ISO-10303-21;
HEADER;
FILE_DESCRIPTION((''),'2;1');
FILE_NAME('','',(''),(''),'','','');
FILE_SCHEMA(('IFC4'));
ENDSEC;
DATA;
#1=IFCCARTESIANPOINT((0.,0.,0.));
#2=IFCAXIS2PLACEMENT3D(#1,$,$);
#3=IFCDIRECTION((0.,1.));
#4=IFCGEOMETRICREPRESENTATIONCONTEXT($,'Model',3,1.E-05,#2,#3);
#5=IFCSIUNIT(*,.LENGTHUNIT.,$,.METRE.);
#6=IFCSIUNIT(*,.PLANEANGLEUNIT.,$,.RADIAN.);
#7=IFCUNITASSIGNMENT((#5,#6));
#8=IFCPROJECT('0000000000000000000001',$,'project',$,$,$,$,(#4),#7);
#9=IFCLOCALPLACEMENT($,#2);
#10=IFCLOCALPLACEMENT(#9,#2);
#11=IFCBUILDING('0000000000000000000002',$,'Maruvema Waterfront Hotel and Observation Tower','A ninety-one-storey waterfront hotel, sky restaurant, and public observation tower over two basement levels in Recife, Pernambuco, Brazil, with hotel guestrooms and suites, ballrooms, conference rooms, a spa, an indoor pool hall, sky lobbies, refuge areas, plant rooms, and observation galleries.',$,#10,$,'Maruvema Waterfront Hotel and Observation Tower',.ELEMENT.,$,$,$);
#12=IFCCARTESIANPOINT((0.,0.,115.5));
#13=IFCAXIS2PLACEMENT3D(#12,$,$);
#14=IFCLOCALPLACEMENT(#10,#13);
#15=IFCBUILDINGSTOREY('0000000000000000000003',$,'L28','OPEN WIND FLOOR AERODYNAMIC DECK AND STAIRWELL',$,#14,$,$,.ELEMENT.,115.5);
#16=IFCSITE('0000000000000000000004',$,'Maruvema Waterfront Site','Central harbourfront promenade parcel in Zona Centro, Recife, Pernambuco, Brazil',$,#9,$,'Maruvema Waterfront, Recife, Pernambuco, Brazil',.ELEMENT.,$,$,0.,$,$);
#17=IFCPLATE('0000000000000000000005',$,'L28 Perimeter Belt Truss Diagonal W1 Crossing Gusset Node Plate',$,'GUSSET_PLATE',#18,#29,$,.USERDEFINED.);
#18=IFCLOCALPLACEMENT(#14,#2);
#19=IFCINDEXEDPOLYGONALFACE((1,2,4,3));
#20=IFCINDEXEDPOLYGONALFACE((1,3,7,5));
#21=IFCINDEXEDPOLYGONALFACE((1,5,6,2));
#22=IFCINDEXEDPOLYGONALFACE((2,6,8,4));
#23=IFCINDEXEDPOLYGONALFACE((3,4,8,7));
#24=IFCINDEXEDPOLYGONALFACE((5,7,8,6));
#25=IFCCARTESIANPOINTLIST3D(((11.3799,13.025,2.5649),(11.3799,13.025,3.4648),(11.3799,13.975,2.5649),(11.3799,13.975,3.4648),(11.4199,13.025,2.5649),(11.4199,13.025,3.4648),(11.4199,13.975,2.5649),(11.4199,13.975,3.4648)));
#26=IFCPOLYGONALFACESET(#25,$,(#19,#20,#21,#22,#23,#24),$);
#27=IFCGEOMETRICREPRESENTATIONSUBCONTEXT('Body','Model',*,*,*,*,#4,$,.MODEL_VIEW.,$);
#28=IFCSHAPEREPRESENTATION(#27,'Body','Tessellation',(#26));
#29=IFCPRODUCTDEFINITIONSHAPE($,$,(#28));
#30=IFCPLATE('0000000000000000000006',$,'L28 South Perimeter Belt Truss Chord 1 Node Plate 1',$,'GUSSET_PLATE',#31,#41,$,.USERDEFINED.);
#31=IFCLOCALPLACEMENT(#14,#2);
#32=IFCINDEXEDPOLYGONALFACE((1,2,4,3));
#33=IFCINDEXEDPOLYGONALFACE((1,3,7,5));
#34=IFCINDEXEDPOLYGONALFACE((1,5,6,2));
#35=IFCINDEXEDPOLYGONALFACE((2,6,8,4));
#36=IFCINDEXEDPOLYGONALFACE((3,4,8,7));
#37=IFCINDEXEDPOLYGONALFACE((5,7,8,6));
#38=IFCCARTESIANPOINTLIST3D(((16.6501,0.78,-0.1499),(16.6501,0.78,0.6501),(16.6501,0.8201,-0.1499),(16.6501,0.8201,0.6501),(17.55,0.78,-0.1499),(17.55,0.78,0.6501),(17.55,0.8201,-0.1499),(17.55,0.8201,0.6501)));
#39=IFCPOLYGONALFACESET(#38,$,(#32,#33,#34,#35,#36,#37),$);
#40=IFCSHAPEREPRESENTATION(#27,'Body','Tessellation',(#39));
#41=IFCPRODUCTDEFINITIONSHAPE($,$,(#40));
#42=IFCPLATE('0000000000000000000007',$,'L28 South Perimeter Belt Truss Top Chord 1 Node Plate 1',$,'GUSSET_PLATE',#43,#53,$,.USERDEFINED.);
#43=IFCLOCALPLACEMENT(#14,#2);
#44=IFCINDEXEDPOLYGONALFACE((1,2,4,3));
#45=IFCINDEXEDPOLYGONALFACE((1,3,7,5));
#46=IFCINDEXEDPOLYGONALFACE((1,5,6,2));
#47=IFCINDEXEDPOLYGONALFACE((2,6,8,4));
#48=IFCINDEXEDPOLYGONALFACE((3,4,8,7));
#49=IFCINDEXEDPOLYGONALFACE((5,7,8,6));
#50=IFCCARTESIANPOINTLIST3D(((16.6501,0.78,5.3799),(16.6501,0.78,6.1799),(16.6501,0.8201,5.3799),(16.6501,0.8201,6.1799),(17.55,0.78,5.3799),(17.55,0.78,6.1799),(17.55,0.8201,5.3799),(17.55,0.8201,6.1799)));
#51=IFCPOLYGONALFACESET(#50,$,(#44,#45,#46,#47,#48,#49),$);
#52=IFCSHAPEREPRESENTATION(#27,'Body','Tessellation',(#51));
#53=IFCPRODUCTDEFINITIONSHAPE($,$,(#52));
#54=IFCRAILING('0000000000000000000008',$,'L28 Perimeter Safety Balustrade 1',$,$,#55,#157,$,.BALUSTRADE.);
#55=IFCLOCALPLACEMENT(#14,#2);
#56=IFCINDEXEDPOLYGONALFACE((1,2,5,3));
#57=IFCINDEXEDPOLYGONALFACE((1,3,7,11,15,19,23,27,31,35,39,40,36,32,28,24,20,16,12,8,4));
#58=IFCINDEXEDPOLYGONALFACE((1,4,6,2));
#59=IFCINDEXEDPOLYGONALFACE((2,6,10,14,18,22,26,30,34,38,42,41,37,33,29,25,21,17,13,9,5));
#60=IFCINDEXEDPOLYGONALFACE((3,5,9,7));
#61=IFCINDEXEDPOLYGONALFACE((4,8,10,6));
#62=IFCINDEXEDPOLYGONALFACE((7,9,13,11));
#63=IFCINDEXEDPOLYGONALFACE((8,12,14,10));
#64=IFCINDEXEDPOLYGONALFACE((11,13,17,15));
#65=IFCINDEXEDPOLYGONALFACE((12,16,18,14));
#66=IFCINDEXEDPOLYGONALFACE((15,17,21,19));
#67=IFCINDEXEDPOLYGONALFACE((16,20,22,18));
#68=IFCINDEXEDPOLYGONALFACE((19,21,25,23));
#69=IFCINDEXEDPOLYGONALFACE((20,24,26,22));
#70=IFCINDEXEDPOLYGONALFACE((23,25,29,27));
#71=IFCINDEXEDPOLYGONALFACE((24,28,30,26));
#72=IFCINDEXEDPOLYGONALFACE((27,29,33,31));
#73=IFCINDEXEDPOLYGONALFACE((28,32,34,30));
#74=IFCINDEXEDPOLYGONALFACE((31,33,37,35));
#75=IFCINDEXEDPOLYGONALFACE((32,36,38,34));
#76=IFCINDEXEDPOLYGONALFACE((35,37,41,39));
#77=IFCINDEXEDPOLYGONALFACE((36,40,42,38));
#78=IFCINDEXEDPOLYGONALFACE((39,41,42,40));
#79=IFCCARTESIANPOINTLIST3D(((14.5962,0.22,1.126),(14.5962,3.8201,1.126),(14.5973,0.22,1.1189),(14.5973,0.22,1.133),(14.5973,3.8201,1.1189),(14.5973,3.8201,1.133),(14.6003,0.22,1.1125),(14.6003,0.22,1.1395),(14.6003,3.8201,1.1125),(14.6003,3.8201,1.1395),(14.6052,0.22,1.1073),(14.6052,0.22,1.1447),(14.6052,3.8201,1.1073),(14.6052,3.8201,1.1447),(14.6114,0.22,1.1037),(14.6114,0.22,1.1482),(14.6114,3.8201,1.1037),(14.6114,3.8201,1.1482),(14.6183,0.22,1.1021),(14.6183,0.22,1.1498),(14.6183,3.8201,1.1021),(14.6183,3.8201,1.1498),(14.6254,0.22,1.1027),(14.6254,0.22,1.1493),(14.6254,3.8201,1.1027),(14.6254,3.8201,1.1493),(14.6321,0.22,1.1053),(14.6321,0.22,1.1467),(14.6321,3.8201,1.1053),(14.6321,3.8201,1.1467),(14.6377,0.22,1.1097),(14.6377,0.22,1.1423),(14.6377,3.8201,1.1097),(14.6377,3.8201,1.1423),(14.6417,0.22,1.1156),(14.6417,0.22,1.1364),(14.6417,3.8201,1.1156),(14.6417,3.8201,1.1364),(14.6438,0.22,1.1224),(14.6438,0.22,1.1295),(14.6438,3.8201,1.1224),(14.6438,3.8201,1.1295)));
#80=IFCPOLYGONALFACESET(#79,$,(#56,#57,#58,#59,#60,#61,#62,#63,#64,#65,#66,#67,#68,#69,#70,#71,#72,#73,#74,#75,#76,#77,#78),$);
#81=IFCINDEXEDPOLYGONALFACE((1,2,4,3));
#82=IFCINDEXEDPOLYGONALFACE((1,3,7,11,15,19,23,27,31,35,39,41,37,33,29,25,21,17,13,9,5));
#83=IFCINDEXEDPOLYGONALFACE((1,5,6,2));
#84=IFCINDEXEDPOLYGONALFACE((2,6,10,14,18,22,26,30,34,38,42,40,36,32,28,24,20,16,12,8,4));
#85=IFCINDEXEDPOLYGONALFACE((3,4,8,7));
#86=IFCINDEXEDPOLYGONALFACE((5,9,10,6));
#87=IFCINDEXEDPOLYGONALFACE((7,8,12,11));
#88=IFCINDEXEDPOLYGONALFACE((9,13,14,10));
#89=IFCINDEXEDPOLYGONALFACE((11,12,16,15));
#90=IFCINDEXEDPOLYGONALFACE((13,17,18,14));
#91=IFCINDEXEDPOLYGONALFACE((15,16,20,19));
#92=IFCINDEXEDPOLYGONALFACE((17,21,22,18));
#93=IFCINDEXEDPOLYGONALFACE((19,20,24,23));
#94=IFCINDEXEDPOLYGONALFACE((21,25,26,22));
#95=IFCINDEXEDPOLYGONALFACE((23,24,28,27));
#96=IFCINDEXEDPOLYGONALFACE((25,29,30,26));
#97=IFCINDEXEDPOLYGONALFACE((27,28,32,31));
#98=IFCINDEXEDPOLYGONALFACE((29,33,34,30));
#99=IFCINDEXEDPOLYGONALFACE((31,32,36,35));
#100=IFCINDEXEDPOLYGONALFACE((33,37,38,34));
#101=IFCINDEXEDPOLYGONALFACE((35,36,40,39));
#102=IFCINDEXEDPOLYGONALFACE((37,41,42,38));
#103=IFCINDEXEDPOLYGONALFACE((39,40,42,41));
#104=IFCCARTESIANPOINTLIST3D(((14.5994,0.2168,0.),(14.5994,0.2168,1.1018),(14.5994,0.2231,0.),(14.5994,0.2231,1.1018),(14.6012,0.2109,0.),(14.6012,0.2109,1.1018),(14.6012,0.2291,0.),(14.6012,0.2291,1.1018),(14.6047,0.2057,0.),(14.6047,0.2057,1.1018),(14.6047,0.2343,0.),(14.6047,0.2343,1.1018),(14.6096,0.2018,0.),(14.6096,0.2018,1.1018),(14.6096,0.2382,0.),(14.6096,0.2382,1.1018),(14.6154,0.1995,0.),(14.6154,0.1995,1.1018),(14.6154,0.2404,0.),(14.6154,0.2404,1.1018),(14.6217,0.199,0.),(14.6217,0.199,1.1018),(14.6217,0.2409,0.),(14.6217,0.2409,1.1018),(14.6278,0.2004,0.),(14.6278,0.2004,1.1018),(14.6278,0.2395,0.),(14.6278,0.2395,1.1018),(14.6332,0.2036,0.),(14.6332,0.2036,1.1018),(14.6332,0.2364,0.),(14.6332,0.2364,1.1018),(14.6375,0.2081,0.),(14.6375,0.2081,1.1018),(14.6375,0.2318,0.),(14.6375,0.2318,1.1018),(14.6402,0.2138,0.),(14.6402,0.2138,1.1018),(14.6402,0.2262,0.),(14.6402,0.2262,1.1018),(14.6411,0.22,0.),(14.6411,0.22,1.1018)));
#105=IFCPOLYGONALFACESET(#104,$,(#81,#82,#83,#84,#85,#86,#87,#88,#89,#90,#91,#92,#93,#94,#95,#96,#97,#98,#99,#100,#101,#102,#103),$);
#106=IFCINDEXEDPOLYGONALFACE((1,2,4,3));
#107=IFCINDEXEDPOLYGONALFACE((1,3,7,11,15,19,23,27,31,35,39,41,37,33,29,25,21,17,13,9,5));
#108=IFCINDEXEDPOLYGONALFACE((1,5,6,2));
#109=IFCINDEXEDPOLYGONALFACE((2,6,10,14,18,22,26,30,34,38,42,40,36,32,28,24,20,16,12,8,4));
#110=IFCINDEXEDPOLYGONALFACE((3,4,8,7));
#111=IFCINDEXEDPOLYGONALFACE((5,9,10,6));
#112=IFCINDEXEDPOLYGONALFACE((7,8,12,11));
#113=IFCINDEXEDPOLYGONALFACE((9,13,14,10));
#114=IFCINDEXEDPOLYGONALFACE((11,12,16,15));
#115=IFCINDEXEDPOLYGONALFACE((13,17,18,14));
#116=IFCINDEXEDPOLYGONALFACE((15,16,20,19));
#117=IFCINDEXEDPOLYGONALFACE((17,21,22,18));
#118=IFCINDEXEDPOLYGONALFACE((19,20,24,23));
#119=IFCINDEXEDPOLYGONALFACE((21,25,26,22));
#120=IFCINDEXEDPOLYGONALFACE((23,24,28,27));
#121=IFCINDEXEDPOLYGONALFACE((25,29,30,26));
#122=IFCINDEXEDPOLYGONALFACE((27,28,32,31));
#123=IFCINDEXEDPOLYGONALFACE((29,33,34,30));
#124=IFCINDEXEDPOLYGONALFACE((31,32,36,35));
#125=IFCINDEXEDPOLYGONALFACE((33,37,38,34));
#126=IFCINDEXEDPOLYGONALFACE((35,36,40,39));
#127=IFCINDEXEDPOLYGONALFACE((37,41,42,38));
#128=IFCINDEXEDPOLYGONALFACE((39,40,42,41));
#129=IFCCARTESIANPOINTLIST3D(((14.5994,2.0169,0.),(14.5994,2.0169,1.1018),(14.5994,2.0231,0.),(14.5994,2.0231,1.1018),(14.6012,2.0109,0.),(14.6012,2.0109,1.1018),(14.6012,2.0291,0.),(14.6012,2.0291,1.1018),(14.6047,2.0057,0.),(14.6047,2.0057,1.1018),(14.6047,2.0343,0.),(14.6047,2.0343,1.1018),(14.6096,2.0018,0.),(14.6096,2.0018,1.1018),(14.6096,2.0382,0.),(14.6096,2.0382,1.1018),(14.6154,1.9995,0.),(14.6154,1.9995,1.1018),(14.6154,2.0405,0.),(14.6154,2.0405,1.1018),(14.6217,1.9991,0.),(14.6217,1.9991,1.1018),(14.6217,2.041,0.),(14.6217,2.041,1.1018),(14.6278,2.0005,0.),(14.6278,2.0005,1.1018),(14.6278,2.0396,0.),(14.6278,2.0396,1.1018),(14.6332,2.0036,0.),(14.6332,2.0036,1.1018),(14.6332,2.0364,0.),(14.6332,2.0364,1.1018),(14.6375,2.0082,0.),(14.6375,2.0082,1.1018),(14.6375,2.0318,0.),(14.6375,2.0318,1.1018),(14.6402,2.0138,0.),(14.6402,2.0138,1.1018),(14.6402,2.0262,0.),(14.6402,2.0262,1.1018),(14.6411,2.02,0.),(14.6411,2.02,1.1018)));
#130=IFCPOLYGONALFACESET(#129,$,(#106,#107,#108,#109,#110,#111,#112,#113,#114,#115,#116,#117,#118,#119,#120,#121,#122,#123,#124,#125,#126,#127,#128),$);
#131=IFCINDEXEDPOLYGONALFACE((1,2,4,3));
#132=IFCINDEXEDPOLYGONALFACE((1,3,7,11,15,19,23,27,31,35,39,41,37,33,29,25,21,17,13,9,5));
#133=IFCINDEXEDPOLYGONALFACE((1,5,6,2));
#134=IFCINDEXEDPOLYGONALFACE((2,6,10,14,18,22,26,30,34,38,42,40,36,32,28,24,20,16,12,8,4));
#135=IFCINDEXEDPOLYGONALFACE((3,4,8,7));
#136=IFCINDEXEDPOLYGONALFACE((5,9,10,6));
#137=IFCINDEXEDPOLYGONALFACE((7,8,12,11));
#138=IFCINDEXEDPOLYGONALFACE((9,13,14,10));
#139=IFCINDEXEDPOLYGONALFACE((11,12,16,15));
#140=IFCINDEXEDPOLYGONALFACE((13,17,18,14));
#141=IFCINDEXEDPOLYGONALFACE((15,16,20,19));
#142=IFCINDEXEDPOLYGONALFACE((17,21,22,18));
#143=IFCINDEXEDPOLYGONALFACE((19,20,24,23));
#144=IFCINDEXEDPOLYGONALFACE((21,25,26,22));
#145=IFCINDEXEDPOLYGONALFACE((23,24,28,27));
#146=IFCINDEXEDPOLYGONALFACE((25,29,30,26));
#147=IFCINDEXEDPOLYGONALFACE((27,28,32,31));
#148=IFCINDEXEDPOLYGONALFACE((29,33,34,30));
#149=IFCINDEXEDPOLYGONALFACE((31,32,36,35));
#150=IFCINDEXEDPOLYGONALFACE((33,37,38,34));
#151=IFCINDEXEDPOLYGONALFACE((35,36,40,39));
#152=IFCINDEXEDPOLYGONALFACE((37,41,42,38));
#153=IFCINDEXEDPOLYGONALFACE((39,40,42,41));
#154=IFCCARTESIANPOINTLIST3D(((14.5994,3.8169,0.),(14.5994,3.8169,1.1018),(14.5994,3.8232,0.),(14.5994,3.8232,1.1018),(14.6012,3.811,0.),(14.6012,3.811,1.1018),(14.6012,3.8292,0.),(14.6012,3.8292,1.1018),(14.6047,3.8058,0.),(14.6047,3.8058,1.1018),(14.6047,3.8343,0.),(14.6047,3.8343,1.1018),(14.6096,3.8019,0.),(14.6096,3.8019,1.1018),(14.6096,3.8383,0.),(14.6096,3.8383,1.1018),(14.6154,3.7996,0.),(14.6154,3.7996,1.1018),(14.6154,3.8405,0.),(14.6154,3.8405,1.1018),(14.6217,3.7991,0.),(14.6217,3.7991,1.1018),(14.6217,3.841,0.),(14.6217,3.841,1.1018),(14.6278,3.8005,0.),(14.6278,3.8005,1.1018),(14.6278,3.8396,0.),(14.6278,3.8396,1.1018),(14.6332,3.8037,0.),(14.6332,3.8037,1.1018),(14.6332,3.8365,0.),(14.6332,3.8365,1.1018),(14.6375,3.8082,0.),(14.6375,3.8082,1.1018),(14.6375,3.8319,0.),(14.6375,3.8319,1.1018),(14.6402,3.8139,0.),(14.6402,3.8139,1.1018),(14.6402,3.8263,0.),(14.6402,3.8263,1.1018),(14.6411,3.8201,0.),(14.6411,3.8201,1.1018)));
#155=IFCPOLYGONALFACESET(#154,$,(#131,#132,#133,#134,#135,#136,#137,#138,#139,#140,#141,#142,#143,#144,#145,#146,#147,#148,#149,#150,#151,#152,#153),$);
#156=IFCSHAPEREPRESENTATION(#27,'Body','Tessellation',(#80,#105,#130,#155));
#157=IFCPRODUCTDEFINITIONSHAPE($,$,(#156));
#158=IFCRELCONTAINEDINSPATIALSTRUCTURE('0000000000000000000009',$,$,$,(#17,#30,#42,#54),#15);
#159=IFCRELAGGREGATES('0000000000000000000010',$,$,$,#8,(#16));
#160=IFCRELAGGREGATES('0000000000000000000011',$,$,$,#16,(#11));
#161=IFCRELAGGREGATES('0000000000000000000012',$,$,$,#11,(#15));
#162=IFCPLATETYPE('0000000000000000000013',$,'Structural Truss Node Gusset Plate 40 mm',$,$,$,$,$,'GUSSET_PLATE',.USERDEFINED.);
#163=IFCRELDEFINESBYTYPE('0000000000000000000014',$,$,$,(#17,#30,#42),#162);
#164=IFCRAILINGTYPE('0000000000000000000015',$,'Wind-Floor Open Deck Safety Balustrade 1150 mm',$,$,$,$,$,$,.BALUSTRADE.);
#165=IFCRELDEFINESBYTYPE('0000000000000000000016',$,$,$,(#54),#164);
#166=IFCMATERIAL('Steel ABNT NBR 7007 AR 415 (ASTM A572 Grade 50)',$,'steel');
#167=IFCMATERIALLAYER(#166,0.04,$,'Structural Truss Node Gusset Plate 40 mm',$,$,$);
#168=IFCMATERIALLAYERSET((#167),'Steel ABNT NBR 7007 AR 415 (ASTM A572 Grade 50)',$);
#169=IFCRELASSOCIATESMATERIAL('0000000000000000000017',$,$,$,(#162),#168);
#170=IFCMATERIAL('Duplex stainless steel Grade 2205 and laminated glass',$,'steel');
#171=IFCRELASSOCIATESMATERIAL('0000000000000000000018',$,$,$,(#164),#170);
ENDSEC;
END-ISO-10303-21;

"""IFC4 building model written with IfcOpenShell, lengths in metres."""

from ifc_helpers import new_model, si_unit, direction, frame, origin, origin_2d, place, context, subcontext, project, spatial, rectangle, circle, extrude, material, layer, layer_set, type_object, element, save


model = new_model("IFC4")

# Units and contexts
model_context = context("Model", 3, precision=1e-05, world=origin(), true_north=direction((0.0, 1.0)))
body_context = subcontext(model_context, "Body", "Model", "MODEL_VIEW")
ifc_project = project(units=[si_unit("LENGTHUNIT", "METRE"), si_unit("PLANEANGLEUNIT", "RADIAN")], contexts=[model_context])

# Site, building, storey
site_placement = place(None, origin())
site = spatial("IfcSite", under=ifc_project, at=site_placement, Name="Maruvema Waterfront Site", Description="Central harbourfront promenade parcel in Zona Centro, Recife, Pernambuco, Brazil", LongName="Maruvema Waterfront, Recife, Pernambuco, Brazil", CompositionType="ELEMENT", RefElevation=0.0)
building_placement = place(site_placement, origin())
building = spatial("IfcBuilding", under=site, at=building_placement, Name="Maruvema Waterfront Hotel and Observation Tower", Description="A ninety-one-storey waterfront hotel, sky restaurant, and public observation tower over two basement levels in Recife, Pernambuco, Brazil, with hotel guestrooms and suites, ballrooms, conference rooms, a spa, an indoor pool hall, sky lobbies, refuge areas, plant rooms, and observation galleries.", LongName="Maruvema Waterfront Hotel and Observation Tower", CompositionType="ELEMENT")
storey_placement = place(building_placement, frame((0.0, 0.0, 115.5)))
storey = spatial("IfcBuildingStorey", under=building, at=storey_placement, Name="L28", Description="OPEN WIND FLOOR AERODYNAMIC DECK AND STAIRWELL", CompositionType="ELEMENT", Elevation=115.5)

# Plates
ifc_material_1 = material(Name="Steel ABNT NBR 7007 AR 415 (ASTM A572 Grade 50)", Category="steel")
ifc_layer_1 = layer(ifc_material_1, 0.04, Name="Structural Truss Node Gusset Plate 40 mm")
ifc_layer_set_1 = layer_set([ifc_layer_1], Name="Steel ABNT NBR 7007 AR 415 (ASTM A572 Grade 50)")
plate_type_1 = type_object("IfcPlateType", Name="Structural Truss Node Gusset Plate 40 mm", ElementType="GUSSET_PLATE", PredefinedType="USERDEFINED", material=ifc_layer_set_1)
plate_placement = place(storey_placement, frame((11.3999, 13.5, 2.5649), z_axis=(0.0, 0.0, 1.0), x_axis=(0.0, -1.0, 0.0)))
element("IfcPlate", 1, at=plate_placement, inside=storey, type_object=plate_type_1, Name="L28 Perimeter Belt Truss Diagonal W1 Crossing Gusset Node Plate", ObjectType="GUSSET_PLATE", PredefinedType="USERDEFINED", context=body_context, shape_type="SweptSolid", body=[
    extrude(rectangle(XDim=0.95, YDim=0.04, at=origin_2d()), origin(), (0.0, 0.0, 1.0), 0.8999),
])
for number, where, z_axis, x_axis, name in (
    (2, (17.1001, 0.8, -0.1499), (0.0, 0.0, 1.0), (1.0, 0.0, 0.0), "L28 South Perimeter Belt Truss Chord 1 Node Plate 1"),
    (3, (17.1001, 0.8, 5.3799), (0.0, 0.0, 1.0), (1.0, 0.0, 0.0), "L28 South Perimeter Belt Truss Top Chord 1 Node Plate 1"),
):
    element("IfcPlate", number, at=place(storey_placement, frame(where, z_axis=z_axis, x_axis=x_axis)), inside=storey, type_object=plate_type_1, Name=name, ObjectType="GUSSET_PLATE", PredefinedType="USERDEFINED", context=body_context, shape_type="SweptSolid", body=[
        extrude(rectangle(XDim=0.8999, YDim=0.04, at=origin_2d()), origin(), (0.0, 0.0, 1.0), 0.8),
    ])

# Railing
ifc_material_2 = material(Name="Duplex stainless steel Grade 2205 and laminated glass", Category="steel")
railing_type = type_object("IfcRailingType", Name="Wind-Floor Open Deck Safety Balustrade 1150 mm", PredefinedType="BALUSTRADE", material=ifc_material_2)
railing_1_placement = place(storey_placement, frame((14.6201, 0.22, 0.0)))
element("IfcRailing", 4, at=railing_1_placement, inside=storey, type_object=railing_type, Name="L28 Perimeter Safety Balustrade 1", PredefinedType="BALUSTRADE", context=body_context, shape_type="SweptSolid", body=[
    extrude(circle(Radius=0.0239, at=origin_2d()), frame((0.0, 0.0, 1.126), z_axis=(0.0, 1.0, 0.0), x_axis=(-1.0, 0.0, 0.0)), (0.0, 0.0, 1.0), 3.6001),
    extrude(circle(Radius=0.021, at=origin_2d()), origin(), (0.0, 0.0, 1.0), 1.1018),
    extrude(circle(Radius=0.021, at=origin_2d()), frame((0.0, 1.8, 0.0)), (0.0, 0.0, 1.0), 1.1018),
    extrude(circle(Radius=0.021, at=origin_2d()), frame((0.0, 3.6001, 0.0)), (0.0, 0.0, 1.0), 1.1018),
])

save(model, "model.ifc")
